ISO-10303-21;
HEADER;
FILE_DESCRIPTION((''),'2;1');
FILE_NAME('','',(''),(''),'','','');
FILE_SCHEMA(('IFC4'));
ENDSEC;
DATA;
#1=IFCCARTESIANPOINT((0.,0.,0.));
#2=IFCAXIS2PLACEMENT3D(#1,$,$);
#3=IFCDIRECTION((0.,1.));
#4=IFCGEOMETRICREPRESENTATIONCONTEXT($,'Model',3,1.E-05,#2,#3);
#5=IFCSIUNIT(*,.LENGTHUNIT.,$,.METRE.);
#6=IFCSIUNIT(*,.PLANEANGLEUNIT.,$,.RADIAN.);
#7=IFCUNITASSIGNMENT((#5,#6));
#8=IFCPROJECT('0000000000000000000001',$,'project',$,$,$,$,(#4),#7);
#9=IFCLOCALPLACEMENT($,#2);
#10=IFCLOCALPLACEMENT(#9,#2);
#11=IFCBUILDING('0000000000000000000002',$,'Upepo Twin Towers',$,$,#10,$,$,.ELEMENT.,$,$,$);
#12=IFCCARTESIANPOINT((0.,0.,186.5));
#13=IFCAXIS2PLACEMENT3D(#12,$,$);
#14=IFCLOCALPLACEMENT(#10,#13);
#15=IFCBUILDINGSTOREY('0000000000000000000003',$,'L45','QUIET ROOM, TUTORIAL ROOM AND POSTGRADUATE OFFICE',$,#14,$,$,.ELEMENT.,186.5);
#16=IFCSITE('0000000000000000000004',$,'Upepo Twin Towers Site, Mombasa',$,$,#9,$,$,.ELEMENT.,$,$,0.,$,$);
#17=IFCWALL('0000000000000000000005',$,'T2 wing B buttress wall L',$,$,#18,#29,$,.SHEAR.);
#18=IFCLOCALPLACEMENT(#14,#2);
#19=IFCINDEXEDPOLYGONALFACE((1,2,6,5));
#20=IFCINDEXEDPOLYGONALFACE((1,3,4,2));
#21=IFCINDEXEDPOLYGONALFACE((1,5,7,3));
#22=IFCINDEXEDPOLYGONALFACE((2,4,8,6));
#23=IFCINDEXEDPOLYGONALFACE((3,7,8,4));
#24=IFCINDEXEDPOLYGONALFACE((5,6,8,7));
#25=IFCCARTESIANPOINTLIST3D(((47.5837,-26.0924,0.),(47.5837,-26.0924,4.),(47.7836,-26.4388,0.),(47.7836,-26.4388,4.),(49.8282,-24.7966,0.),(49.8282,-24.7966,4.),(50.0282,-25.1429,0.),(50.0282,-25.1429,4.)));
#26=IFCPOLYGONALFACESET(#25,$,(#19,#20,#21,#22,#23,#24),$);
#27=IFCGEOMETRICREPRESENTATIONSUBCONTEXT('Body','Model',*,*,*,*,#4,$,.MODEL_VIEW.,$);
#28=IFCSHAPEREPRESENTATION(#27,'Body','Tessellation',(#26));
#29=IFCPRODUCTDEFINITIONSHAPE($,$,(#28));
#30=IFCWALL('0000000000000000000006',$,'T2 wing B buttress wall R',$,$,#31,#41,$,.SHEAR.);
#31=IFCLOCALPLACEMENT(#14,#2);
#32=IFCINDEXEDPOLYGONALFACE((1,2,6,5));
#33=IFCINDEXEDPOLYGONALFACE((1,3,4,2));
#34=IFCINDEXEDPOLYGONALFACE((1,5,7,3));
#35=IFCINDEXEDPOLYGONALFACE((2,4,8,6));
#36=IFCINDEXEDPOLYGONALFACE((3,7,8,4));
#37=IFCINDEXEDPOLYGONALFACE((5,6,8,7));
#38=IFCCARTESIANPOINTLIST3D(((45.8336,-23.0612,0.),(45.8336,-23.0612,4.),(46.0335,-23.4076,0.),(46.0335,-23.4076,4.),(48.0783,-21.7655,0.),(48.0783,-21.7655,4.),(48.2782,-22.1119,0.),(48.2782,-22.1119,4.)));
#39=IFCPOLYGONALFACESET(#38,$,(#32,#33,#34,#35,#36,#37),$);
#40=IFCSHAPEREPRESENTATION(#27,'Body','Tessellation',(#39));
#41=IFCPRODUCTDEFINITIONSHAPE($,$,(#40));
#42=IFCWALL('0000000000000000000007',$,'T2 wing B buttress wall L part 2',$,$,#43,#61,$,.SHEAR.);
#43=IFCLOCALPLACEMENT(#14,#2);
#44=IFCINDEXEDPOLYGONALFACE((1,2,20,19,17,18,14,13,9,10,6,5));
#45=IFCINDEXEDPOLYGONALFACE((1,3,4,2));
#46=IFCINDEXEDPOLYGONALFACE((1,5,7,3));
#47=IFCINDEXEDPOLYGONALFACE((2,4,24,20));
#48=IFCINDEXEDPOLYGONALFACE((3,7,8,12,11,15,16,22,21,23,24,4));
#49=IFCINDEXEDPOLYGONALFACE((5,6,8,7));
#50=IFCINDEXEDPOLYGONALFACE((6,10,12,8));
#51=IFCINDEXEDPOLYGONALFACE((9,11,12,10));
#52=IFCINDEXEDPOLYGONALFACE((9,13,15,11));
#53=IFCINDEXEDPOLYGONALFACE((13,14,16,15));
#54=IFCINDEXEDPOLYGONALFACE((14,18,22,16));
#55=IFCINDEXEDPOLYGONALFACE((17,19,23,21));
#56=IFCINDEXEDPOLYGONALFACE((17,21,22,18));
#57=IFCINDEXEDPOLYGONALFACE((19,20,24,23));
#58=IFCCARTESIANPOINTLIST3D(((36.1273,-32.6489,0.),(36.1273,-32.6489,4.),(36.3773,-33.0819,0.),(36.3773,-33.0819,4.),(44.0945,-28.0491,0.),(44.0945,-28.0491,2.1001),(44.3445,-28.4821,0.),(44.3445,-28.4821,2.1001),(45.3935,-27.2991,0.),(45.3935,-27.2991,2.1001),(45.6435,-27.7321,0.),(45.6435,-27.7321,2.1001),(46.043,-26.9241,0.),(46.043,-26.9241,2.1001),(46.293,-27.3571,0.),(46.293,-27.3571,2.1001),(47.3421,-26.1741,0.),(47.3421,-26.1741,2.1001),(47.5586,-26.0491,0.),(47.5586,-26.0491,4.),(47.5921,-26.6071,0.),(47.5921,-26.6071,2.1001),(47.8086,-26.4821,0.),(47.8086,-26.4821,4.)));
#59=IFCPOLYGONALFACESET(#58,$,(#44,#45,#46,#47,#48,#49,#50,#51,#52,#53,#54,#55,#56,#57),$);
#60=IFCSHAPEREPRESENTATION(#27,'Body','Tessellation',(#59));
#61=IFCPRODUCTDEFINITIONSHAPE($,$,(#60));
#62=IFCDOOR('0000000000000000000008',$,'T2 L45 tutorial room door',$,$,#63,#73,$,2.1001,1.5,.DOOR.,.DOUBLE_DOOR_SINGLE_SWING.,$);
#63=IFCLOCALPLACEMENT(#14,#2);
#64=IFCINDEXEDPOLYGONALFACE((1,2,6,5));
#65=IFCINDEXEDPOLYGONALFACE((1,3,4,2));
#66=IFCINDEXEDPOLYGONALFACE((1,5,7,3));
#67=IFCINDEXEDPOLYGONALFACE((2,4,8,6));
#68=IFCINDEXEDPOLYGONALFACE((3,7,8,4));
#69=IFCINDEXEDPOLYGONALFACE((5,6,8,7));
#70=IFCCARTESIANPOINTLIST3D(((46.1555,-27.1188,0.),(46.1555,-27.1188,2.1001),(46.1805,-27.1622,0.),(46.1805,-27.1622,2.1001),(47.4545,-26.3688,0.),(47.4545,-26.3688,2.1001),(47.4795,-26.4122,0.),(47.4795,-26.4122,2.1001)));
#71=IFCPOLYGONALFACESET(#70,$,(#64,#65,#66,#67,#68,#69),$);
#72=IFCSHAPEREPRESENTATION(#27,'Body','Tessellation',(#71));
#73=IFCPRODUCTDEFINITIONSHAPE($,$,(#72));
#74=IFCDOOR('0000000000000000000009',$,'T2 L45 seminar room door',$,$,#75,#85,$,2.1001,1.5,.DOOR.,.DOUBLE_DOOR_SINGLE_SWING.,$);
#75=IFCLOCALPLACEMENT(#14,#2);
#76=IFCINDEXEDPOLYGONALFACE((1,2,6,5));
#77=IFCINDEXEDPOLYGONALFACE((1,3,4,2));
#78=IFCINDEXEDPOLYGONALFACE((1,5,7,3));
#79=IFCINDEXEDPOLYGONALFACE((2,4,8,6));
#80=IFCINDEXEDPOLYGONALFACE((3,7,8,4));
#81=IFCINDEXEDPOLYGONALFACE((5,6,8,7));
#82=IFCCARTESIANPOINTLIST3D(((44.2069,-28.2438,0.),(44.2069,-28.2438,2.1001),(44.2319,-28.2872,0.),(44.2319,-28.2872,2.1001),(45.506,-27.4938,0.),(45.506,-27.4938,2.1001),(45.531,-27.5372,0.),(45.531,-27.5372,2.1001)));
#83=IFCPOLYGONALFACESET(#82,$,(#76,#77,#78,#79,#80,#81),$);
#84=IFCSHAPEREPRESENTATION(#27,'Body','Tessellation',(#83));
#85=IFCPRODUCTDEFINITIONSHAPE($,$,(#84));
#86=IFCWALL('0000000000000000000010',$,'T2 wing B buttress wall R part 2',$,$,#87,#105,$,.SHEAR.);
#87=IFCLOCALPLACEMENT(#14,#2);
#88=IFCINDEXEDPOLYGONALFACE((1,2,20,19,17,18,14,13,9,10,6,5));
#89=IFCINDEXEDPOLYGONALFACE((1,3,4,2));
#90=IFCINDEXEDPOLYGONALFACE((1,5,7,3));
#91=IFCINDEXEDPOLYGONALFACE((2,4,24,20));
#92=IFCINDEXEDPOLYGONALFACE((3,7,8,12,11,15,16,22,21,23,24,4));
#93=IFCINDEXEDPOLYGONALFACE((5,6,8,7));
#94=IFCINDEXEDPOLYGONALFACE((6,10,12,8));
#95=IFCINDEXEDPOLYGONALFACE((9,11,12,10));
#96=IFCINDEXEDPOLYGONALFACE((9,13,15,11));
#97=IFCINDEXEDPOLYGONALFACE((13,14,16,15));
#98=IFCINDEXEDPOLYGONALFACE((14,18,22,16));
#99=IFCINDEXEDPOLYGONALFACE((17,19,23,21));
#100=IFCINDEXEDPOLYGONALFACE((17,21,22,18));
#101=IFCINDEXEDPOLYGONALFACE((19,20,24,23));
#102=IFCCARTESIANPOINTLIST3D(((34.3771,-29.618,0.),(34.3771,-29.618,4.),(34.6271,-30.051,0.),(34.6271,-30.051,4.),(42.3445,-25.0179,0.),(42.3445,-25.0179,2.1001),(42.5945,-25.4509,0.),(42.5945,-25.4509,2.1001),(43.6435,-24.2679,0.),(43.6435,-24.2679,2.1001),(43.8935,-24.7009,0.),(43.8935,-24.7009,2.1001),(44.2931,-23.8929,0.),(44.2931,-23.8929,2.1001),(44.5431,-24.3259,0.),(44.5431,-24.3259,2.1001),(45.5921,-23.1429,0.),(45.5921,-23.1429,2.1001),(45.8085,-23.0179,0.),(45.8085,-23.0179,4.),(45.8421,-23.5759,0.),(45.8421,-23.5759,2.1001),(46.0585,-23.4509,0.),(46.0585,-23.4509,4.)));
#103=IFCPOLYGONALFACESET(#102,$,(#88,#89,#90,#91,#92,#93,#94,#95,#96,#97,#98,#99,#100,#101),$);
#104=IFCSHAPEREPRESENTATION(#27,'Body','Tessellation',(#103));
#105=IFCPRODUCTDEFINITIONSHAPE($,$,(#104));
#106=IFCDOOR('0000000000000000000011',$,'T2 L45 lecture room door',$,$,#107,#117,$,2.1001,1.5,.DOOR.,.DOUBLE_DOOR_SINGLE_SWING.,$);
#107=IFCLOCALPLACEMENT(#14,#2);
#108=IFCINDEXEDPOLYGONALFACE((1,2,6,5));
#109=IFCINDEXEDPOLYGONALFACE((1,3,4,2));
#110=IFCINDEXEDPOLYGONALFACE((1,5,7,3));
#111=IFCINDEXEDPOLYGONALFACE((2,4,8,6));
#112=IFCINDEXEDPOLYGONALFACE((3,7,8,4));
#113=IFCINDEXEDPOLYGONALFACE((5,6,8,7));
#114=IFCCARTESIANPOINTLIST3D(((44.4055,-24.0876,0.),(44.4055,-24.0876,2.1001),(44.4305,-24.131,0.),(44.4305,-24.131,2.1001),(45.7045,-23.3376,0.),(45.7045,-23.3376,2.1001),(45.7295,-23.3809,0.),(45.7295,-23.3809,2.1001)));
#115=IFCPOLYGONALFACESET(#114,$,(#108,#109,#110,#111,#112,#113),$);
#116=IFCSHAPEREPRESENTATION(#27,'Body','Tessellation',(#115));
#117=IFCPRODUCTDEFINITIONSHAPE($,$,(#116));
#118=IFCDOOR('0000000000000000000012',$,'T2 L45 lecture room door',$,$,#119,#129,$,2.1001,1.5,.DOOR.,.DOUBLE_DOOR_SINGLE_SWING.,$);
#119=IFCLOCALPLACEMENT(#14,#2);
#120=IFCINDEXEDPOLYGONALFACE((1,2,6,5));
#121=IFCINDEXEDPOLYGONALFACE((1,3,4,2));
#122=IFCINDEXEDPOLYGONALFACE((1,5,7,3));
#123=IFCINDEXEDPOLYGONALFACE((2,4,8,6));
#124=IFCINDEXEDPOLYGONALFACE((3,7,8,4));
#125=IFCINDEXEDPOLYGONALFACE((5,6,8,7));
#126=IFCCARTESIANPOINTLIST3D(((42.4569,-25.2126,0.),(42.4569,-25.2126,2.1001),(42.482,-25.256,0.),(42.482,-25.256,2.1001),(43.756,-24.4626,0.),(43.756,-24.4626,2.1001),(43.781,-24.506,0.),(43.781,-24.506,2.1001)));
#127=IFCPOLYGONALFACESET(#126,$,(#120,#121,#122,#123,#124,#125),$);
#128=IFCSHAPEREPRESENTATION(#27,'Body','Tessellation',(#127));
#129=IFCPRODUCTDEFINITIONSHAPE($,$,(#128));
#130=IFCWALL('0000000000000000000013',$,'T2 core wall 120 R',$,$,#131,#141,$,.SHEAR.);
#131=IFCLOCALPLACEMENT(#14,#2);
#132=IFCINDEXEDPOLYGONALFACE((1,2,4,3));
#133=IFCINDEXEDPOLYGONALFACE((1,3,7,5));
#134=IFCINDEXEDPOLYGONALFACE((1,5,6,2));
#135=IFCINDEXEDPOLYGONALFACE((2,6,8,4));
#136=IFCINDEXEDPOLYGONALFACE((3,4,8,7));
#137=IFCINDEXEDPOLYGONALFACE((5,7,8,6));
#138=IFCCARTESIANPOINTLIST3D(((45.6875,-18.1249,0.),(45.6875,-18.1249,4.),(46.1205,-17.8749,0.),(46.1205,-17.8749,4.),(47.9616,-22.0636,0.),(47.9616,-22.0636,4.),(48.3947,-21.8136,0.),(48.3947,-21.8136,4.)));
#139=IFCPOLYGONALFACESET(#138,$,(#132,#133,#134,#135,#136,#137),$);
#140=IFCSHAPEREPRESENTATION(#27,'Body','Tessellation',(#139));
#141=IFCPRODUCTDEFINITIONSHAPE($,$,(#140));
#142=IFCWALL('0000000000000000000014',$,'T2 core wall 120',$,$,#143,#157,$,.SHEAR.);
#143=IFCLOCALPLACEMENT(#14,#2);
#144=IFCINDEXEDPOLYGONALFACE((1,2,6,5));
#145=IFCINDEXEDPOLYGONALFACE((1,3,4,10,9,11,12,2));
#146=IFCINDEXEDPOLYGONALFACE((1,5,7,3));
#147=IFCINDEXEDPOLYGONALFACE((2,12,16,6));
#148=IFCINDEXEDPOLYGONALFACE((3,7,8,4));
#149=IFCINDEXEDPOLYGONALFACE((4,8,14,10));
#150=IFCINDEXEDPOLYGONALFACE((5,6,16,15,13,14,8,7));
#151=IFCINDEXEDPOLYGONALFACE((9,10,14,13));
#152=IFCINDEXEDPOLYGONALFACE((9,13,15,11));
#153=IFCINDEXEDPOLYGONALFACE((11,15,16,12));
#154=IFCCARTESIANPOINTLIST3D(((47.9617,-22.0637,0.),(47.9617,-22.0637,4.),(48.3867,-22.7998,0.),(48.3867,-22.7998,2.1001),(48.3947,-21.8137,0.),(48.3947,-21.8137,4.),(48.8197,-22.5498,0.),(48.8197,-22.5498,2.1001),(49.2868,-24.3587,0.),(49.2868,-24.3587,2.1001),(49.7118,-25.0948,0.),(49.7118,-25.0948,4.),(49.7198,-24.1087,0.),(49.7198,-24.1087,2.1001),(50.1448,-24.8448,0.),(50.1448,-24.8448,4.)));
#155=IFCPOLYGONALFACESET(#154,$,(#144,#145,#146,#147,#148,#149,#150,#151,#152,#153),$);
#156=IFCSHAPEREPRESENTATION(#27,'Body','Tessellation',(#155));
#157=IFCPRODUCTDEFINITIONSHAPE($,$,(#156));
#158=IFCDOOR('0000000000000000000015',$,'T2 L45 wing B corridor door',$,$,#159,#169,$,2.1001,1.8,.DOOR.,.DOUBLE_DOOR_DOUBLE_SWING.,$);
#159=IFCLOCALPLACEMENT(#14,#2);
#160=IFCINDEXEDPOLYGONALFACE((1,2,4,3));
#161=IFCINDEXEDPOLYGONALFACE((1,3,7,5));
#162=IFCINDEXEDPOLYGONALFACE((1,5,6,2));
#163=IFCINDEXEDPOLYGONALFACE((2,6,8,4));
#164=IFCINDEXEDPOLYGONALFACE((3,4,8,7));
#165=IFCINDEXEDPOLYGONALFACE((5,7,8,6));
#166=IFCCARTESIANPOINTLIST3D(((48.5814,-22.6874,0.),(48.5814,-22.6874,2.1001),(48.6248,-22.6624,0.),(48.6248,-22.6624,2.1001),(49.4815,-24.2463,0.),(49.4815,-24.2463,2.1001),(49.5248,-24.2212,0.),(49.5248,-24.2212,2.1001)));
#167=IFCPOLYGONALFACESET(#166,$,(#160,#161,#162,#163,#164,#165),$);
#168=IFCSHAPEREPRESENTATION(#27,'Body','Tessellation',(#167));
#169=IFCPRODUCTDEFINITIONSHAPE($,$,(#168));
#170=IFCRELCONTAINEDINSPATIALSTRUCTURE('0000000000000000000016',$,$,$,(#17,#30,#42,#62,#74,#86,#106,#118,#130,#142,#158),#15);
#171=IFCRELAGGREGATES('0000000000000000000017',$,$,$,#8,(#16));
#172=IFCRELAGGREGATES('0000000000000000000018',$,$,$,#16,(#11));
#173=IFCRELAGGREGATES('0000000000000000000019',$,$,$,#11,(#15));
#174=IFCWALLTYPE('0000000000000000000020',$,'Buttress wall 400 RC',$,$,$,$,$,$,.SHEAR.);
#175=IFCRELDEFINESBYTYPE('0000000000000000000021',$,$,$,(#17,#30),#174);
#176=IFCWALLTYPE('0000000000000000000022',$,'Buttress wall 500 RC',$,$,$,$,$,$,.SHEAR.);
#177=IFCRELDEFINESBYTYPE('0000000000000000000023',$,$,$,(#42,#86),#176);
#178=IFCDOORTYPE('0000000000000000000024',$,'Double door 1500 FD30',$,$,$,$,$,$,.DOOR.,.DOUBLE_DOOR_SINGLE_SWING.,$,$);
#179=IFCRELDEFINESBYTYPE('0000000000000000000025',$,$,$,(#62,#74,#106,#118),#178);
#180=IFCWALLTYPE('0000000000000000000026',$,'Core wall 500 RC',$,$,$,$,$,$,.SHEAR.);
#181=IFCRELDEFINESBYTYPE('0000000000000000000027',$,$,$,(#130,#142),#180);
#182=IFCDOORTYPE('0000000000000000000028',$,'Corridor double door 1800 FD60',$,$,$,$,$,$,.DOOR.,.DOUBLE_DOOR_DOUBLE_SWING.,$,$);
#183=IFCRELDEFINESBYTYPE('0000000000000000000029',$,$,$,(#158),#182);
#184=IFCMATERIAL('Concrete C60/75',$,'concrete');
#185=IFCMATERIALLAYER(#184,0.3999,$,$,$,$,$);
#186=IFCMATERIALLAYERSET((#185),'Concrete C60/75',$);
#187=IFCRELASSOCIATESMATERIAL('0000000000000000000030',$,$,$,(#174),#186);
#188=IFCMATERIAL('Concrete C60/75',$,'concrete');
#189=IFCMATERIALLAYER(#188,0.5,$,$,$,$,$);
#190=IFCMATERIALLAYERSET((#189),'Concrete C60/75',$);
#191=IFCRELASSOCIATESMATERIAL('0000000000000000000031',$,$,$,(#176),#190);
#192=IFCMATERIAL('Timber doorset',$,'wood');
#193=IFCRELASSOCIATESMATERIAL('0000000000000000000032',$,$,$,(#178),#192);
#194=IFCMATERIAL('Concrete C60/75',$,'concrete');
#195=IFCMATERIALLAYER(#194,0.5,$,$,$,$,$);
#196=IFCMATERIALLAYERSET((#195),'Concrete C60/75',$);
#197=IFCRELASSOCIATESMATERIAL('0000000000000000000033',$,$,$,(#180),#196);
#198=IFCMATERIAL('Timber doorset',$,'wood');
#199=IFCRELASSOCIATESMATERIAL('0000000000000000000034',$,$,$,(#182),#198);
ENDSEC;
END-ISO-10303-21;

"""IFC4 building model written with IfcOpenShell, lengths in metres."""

from ifc_helpers import new_model, si_unit, direction, frame, frame_2d, origin, place, context, subcontext, project, spatial, rectangle, extrude, material, layer, layer_set, type_object, element, fill, save


model = new_model("IFC4")

# Units and contexts
model_context = context("Model", 3, precision=1e-05, world=origin(), true_north=direction((0.0, 1.0)))
body_context = subcontext(model_context, "Body", "Model", "MODEL_VIEW")
ifc_project = project(units=[si_unit("LENGTHUNIT", "METRE"), si_unit("PLANEANGLEUNIT", "RADIAN")], contexts=[model_context])

# Site, building, storey
site_placement = place(None, origin())
site = spatial("IfcSite", under=ifc_project, at=site_placement, Name="Upepo Twin Towers Site, Mombasa", CompositionType="ELEMENT", RefElevation=0.0)
building_placement = place(site_placement, origin())
building = spatial("IfcBuilding", under=site, at=building_placement, Name="Upepo Twin Towers", CompositionType="ELEMENT")
storey_placement = place(building_placement, frame((0.0, 0.0, 186.5)))
storey = spatial("IfcBuildingStorey", under=building, at=storey_placement, Name="L45", Description="QUIET ROOM, TUTORIAL ROOM AND POSTGRADUATE OFFICE", CompositionType="ELEMENT", Elevation=186.5)

# Walls
ifc_material_1 = material(Name="Concrete C60/75", Category="concrete")
ifc_layer_1 = layer(ifc_material_1, 0.3999)
ifc_layer_set_1 = layer_set([ifc_layer_1], Name="Concrete C60/75")
wall_type_1 = type_object("IfcWallType", Name="Buttress wall 400 RC", PredefinedType="SHEAR", material=ifc_layer_set_1)
for number, where, z_axis, x_axis, name in (
    (1, (49.9282, -24.9697, 0.0), (0.0, 0.0, 1.0), (-0.866032, -0.499989, 0.0), "T2 wing B buttress wall L"),
    (2, (48.1782, -21.9387, 0.0), (0.0, 0.0, 1.0), (-0.866073, -0.499918, 0.0), "T2 wing B buttress wall R"),
):
    element("IfcWall", number, at=place(storey_placement, frame(where, z_axis=z_axis, x_axis=x_axis)), inside=storey, type_object=wall_type_1, Name=name, PredefinedType="SHEAR", context=body_context, shape_type="SweptSolid", body=[
        extrude(rectangle(XDim=2.5918, YDim=0.3999, at=frame_2d((1.2959, 0.0))), origin(), (0.0, 0.0, 1.0), 4.0),
    ])

# Walls, openings, doors
ifc_material_2 = material(Name="Concrete C60/75", Category="concrete")
ifc_layer_2 = layer(ifc_material_2, 0.5)
ifc_layer_set_2 = layer_set([ifc_layer_2], Name="Concrete C60/75")
wall_type_2 = type_object("IfcWallType", Name="Buttress wall 500 RC", PredefinedType="SHEAR", material=ifc_layer_set_2)
wall_1_placement = place(storey_placement, frame((47.6836, -26.2656, 0.0), z_axis=(0.0, 0.0, 1.0), x_axis=(-0.866028, -0.499996, 0.0)))
wall_1 = element("IfcWall", 3, at=wall_1_placement, inside=storey, type_object=wall_type_2, Name="T2 wing B buttress wall L part 2", PredefinedType="SHEAR", context=body_context, shape_type="SweptSolid", body=[
    extrude(rectangle(XDim=13.1997, YDim=0.5, at=frame_2d((6.5999, 0.0))), origin(), (0.0, 0.0, 1.0), 4.0),
])
opening_1_placement = place(wall_1_placement, frame((0.25, 0.0, 0.0)))
opening_1 = element("IfcOpeningElement", 4, at=opening_1_placement, cuts=wall_1, PredefinedType="OPENING", context=body_context, shape_type="SweptSolid", body=[
    extrude(rectangle(XDim=1.5, YDim=2.1001, at=frame_2d((0.75, 1.05))), frame((0.0, 0.26, 0.0), z_axis=(0.0, -1.0, 0.0), x_axis=(1.0, 0.0, 0.0)), (0.0, 0.0, 1.0), 0.52),
])
opening_2_placement = place(wall_1_placement, frame((2.5, 0.0, 0.0)))
opening_2 = element("IfcOpeningElement", 5, at=opening_2_placement, cuts=wall_1, PredefinedType="OPENING", context=body_context, shape_type="SweptSolid", body=[
    extrude(rectangle(XDim=1.5, YDim=2.1001, at=frame_2d((0.75, 1.05))), frame((0.0, 0.26, 0.0), z_axis=(0.0, -1.0, 0.0), x_axis=(1.0, 0.0, 0.0)), (0.0, 0.0, 1.0), 0.52),
])
ifc_material_3 = material(Name="Timber doorset", Category="wood")
door_type_1 = type_object("IfcDoorType", Name="Double door 1500 FD30", OperationType="DOUBLE_DOOR_SINGLE_SWING", PredefinedType="DOOR", material=ifc_material_3)
door_1_placement = place(opening_1_placement, origin())
door_1 = element("IfcDoor", 6, at=door_1_placement, inside=storey, type_object=door_type_1, Name="T2 L45 tutorial room door", OperationType="DOUBLE_DOOR_SINGLE_SWING", OverallHeight=2.1001, OverallWidth=1.5, PredefinedType="DOOR", context=body_context, shape_type="SweptSolid", body=[
    extrude(rectangle(XDim=1.5, YDim=2.1001, at=frame_2d((0.75, 1.05))), frame((0.0, 0.0249, 0.0), z_axis=(0.0, -1.0, 0.0), x_axis=(1.0, 0.0, 0.0)), (0.0, 0.0, 1.0), 0.05),
])
fill(opening_1, door_1)
door_2_placement = place(opening_2_placement, origin())
door_2 = element("IfcDoor", 7, at=door_2_placement, inside=storey, type_object=door_type_1, Name="T2 L45 seminar room door", OperationType="DOUBLE_DOOR_SINGLE_SWING", OverallHeight=2.1001, OverallWidth=1.5, PredefinedType="DOOR", context=body_context, shape_type="SweptSolid", body=[
    extrude(rectangle(XDim=1.5, YDim=2.1001, at=frame_2d((0.75, 1.05))), frame((0.0, 0.0249, 0.0), z_axis=(0.0, -1.0, 0.0), x_axis=(1.0, 0.0, 0.0)), (0.0, 0.0, 1.0), 0.05),
])
fill(opening_2, door_2)
wall_2_placement = place(storey_placement, frame((45.9336, -23.2344, 0.0), z_axis=(0.0, 0.0, 1.0), x_axis=(-0.86602, -0.50001, 0.0)))
wall_2 = element("IfcWall", 8, at=wall_2_placement, inside=storey, type_object=wall_type_2, Name="T2 wing B buttress wall R part 2", PredefinedType="SHEAR", context=body_context, shape_type="SweptSolid", body=[
    extrude(rectangle(XDim=13.2, YDim=0.5, at=frame_2d((6.6001, 0.0))), origin(), (0.0, 0.0, 1.0), 4.0),
])
opening_3_placement = place(wall_2_placement, frame((0.25, 0.0, 0.0)))
opening_3 = element("IfcOpeningElement", 9, at=opening_3_placement, cuts=wall_2, PredefinedType="OPENING", context=body_context, shape_type="SweptSolid", body=[
    extrude(rectangle(XDim=1.5, YDim=2.1001, at=frame_2d((0.75, 1.05))), frame((0.0, 0.26, 0.0), z_axis=(0.0, -1.0, 0.0), x_axis=(1.0, 0.0, 0.0)), (0.0, 0.0, 1.0), 0.52),
])
opening_4_placement = place(wall_2_placement, frame((2.5, 0.0, 0.0)))
opening_4 = element("IfcOpeningElement", 10, at=opening_4_placement, cuts=wall_2, PredefinedType="OPENING", context=body_context, shape_type="SweptSolid", body=[
    extrude(rectangle(XDim=1.5, YDim=2.1001, at=frame_2d((0.75, 1.05))), frame((0.0, 0.26, 0.0), z_axis=(0.0, -1.0, 0.0), x_axis=(1.0, 0.0, 0.0)), (0.0, 0.0, 1.0), 0.52),
])
door_3_placement = place(opening_3_placement, origin())
door_3 = element("IfcDoor", 11, at=door_3_placement, inside=storey, type_object=door_type_1, Name="T2 L45 lecture room door", OperationType="DOUBLE_DOOR_SINGLE_SWING", OverallHeight=2.1001, OverallWidth=1.5, PredefinedType="DOOR", context=body_context, shape_type="SweptSolid", body=[
    extrude(rectangle(XDim=1.5, YDim=2.1001, at=frame_2d((0.75, 1.05))), frame((0.0, 0.0249, 0.0), z_axis=(0.0, -1.0, 0.0), x_axis=(1.0, 0.0, 0.0)), (0.0, 0.0, 1.0), 0.05),
])
fill(opening_3, door_3)
door_4_placement = place(opening_4_placement, origin())
door_4 = element("IfcDoor", 12, at=door_4_placement, inside=storey, type_object=door_type_1, Name="T2 L45 lecture room door", OperationType="DOUBLE_DOOR_SINGLE_SWING", OverallHeight=2.1001, OverallWidth=1.5, PredefinedType="DOOR", context=body_context, shape_type="SweptSolid", body=[
    extrude(rectangle(XDim=1.5, YDim=2.1001, at=frame_2d((0.75, 1.05))), frame((0.0, 0.0249, 0.0), z_axis=(0.0, -1.0, 0.0), x_axis=(1.0, 0.0, 0.0)), (0.0, 0.0, 1.0), 0.05),
])
fill(opening_4, door_4)

# Wall
ifc_material_4 = material(Name="Concrete C60/75", Category="concrete")
ifc_layer_3 = layer(ifc_material_4, 0.5)
ifc_layer_set_3 = layer_set([ifc_layer_3], Name="Concrete C60/75")
wall_type_3 = type_object("IfcWallType", Name="Core wall 500 RC", PredefinedType="SHEAR", material=ifc_layer_set_3)
wall_3_placement = place(storey_placement, frame((45.9041, -18.0, 0.0), z_axis=(0.0, 0.0, 1.0), x_axis=(0.500024, -0.866011, 0.0)))
element("IfcWall", 13, at=wall_3_placement, inside=storey, type_object=wall_type_3, Name="T2 core wall 120 R", PredefinedType="SHEAR", context=body_context, shape_type="SweptSolid", body=[
    extrude(rectangle(XDim=4.5481, YDim=0.5, at=frame_2d((2.2739, 0.0))), origin(), (0.0, 0.0, 1.0), 4.0),
])

# Wall, opening, door
wall_4_placement = place(storey_placement, frame((48.1782, -21.9387, 0.0), z_axis=(0.0, 0.0, 1.0), x_axis=(0.50001, -0.866019, 0.0)))
wall_4 = element("IfcWall", 14, at=wall_4_placement, inside=storey, type_object=wall_type_3, Name="T2 core wall 120", PredefinedType="SHEAR", context=body_context, shape_type="SweptSolid", body=[
    extrude(rectangle(XDim=3.5, YDim=0.5, at=frame_2d((1.75, 0.0))), origin(), (0.0, 0.0, 1.0), 4.0),
])
opening_5_placement = place(wall_4_placement, frame((0.8501, 0.0, 0.0)))
opening_5 = element("IfcOpeningElement", 15, at=opening_5_placement, cuts=wall_4, PredefinedType="OPENING", context=body_context, shape_type="SweptSolid", body=[
    extrude(rectangle(XDim=1.8, YDim=2.1001, at=frame_2d((0.8999, 1.05))), frame((0.0, 0.26, 0.0), z_axis=(0.0, -1.0, 0.0), x_axis=(1.0, 0.0, 0.0)), (0.0, 0.0, 1.0), 0.52),
])
ifc_material_5 = material(Name="Timber doorset", Category="wood")
door_type_2 = type_object("IfcDoorType", Name="Corridor double door 1800 FD60", OperationType="DOUBLE_DOOR_DOUBLE_SWING", PredefinedType="DOOR", material=ifc_material_5)
door_5_placement = place(opening_5_placement, origin())
door_5 = element("IfcDoor", 16, at=door_5_placement, inside=storey, type_object=door_type_2, Name="T2 L45 wing B corridor door", OperationType="DOUBLE_DOOR_DOUBLE_SWING", OverallHeight=2.1001, OverallWidth=1.8, PredefinedType="DOOR", context=body_context, shape_type="SweptSolid", body=[
    extrude(rectangle(XDim=1.8, YDim=2.1001, at=frame_2d((0.8999, 1.05))), frame((0.0, 0.0249, 0.0), z_axis=(0.0, -1.0, 0.0), x_axis=(1.0, 0.0, 0.0)), (0.0, 0.0, 1.0), 0.05),
])
fill(opening_5, door_5)

save(model, "model.ifc")
